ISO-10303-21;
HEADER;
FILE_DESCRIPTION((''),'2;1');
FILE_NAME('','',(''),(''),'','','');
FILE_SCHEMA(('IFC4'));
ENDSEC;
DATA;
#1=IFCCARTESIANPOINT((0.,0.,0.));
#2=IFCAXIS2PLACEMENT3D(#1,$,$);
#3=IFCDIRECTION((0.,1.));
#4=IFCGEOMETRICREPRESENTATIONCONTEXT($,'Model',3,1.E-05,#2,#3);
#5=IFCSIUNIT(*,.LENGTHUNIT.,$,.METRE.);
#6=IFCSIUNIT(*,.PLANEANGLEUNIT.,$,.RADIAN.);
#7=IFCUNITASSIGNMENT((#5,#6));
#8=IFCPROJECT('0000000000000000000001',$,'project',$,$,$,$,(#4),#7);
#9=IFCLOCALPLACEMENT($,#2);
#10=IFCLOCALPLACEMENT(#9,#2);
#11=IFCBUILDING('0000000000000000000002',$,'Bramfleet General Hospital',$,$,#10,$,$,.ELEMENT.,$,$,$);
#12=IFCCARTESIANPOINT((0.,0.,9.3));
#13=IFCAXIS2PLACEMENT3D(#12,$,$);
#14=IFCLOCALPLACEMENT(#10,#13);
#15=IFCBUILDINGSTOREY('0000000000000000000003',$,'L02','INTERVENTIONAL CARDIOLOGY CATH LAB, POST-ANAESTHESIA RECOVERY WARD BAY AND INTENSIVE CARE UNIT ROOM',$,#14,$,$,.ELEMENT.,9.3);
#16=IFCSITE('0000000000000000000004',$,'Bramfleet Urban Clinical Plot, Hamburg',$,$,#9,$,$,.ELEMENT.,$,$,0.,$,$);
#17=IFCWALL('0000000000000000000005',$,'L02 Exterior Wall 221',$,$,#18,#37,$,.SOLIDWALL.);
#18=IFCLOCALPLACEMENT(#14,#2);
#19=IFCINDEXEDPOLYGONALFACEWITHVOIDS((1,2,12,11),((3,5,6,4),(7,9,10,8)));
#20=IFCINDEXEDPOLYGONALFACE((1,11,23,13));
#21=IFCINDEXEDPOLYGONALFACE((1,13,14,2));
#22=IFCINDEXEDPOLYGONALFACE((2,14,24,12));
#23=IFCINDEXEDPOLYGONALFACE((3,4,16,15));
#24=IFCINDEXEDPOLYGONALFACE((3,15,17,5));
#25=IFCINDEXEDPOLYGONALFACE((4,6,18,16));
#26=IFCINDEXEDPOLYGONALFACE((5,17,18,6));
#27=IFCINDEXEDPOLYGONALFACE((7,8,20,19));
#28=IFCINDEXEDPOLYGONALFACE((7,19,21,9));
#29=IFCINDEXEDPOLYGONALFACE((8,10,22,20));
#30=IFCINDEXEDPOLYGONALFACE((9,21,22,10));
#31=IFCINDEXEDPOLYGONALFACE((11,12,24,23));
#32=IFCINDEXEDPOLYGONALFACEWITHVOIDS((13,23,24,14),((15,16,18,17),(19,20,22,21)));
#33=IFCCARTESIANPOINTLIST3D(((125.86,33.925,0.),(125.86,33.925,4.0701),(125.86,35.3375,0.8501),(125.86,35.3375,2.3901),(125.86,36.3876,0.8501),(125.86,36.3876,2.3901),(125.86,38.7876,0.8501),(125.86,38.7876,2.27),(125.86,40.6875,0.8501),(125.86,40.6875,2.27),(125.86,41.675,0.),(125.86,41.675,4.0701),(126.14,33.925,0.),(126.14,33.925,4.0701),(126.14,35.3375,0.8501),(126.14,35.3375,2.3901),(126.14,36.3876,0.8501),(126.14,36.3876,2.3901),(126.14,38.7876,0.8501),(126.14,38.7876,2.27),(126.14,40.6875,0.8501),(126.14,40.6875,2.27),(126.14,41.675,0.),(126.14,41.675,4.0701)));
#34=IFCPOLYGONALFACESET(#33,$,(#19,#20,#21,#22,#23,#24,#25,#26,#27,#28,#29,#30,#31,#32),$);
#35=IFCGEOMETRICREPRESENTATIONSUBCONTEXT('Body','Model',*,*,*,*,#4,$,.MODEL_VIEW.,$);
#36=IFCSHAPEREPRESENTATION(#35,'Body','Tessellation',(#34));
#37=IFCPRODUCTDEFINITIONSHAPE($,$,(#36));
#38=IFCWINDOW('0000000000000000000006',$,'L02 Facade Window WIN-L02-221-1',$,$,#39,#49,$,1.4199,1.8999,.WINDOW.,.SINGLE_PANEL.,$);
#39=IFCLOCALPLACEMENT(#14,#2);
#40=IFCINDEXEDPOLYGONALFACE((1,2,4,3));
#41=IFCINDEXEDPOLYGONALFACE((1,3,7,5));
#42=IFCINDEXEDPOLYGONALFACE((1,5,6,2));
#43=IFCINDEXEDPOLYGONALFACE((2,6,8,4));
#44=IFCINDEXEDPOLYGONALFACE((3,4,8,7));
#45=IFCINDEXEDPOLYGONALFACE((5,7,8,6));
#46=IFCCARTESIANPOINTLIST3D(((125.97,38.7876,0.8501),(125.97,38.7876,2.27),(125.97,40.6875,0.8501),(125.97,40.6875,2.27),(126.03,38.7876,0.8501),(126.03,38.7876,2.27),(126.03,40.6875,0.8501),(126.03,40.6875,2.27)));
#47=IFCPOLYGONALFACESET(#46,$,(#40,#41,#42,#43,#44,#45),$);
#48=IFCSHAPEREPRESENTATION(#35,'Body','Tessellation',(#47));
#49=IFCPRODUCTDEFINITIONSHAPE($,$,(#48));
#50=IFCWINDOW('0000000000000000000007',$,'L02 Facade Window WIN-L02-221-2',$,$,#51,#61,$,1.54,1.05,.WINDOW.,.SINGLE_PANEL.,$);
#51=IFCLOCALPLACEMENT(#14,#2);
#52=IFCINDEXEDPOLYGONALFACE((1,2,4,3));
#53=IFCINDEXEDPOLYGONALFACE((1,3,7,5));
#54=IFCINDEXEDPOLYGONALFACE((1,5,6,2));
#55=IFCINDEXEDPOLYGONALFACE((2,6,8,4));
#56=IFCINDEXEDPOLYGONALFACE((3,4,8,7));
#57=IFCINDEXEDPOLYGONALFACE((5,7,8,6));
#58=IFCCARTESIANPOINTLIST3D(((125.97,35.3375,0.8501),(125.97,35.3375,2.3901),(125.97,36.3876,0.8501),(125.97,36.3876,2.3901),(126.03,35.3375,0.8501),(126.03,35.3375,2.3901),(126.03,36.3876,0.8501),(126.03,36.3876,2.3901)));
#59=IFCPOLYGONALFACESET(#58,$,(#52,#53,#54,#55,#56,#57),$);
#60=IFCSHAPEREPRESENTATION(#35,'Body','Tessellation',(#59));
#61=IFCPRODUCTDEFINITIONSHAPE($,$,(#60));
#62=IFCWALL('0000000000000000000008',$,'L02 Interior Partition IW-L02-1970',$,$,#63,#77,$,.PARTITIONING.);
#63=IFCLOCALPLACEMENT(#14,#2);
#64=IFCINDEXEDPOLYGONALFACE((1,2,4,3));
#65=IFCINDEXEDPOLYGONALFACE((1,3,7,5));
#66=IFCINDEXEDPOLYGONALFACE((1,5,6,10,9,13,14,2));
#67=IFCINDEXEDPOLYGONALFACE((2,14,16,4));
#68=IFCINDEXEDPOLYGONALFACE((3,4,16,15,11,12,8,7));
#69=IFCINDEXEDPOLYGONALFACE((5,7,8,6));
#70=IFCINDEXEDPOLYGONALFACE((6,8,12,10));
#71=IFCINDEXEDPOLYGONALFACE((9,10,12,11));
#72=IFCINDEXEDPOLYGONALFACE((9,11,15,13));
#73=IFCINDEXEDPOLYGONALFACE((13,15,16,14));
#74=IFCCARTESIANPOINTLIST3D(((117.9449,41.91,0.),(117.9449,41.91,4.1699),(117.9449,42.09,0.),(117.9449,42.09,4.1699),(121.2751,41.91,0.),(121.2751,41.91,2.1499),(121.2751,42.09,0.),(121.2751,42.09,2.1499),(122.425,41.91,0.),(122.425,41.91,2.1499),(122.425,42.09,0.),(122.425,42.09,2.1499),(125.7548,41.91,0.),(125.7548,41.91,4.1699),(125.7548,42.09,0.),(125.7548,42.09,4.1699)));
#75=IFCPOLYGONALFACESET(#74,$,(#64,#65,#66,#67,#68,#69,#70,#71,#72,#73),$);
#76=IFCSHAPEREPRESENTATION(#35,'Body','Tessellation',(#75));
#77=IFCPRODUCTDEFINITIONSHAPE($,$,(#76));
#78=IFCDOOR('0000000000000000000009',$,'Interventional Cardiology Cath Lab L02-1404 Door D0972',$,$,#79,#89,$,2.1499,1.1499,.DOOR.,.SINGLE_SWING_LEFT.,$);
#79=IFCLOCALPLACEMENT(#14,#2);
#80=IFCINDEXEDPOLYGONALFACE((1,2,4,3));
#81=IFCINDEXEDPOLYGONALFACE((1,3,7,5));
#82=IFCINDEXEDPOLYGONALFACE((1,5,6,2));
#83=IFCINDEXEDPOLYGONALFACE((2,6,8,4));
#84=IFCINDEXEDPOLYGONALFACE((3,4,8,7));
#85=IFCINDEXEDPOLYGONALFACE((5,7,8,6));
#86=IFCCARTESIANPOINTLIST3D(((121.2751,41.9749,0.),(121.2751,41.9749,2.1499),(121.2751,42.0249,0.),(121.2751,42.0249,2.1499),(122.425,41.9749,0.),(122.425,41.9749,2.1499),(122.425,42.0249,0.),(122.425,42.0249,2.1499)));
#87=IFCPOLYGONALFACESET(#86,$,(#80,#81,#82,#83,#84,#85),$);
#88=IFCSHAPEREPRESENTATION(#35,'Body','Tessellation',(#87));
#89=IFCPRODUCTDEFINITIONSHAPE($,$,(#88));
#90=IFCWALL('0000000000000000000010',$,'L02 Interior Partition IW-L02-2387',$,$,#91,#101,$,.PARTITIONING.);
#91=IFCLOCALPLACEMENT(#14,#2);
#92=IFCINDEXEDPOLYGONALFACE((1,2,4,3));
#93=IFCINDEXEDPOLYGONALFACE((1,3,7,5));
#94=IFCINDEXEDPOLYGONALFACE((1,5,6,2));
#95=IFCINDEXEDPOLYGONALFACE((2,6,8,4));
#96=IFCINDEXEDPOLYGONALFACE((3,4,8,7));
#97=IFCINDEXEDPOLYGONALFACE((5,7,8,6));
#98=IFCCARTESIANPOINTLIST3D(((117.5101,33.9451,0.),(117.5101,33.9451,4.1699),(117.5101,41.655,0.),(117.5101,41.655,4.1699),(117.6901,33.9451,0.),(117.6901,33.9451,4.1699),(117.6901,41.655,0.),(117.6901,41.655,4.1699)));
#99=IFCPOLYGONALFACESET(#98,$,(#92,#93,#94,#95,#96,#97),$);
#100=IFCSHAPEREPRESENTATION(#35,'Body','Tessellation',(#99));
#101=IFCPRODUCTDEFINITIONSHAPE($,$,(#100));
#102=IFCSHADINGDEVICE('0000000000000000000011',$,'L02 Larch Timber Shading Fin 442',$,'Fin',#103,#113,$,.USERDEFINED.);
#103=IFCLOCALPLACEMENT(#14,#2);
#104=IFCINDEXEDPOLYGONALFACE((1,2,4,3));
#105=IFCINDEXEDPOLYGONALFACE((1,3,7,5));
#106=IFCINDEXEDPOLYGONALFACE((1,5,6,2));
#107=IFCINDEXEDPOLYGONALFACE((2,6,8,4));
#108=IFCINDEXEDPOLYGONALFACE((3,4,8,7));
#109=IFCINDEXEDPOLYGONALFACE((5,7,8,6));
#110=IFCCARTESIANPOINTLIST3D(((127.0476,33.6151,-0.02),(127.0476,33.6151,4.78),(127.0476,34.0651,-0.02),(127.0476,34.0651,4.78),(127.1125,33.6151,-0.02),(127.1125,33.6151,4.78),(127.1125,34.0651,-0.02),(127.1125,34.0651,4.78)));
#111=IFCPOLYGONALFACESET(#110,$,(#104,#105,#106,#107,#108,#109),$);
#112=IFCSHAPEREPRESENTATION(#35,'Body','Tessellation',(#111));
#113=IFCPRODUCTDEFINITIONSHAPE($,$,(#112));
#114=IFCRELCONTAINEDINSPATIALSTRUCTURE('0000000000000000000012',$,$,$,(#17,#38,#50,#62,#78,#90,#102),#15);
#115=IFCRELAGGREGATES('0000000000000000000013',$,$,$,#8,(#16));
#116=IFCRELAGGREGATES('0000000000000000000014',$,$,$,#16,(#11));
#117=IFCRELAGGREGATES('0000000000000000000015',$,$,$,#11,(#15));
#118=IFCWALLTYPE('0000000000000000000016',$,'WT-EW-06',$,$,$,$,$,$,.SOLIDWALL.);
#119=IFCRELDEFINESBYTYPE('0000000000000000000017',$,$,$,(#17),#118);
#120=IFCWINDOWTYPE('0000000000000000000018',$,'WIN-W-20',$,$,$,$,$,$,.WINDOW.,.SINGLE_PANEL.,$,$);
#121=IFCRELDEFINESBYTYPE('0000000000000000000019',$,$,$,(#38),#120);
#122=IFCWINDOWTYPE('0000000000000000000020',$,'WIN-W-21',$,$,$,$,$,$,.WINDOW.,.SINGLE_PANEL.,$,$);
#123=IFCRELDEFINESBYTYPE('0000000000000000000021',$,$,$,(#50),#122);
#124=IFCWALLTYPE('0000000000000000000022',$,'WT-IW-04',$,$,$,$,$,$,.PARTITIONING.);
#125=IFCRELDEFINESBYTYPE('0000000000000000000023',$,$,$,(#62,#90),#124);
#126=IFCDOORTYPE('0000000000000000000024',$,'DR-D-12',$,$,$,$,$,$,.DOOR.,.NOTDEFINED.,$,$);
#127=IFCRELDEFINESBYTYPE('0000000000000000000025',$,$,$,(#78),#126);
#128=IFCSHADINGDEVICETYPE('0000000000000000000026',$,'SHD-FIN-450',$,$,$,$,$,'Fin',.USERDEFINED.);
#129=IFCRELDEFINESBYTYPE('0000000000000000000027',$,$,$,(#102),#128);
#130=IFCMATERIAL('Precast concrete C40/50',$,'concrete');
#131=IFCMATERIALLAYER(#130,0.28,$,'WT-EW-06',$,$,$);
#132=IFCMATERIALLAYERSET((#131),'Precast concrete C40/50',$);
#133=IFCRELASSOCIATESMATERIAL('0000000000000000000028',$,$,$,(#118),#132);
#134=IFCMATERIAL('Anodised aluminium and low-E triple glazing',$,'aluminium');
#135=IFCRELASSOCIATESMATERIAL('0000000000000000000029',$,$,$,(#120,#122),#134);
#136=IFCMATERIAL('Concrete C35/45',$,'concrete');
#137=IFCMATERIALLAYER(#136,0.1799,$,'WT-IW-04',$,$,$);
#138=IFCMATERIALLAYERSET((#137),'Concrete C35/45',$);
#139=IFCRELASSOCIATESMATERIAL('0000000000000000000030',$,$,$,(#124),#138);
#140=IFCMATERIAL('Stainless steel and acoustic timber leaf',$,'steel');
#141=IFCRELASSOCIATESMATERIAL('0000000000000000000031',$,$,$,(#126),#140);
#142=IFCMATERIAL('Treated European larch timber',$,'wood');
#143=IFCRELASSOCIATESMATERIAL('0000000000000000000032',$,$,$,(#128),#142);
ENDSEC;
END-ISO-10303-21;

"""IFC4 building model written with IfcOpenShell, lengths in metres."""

from ifc_helpers import new_model, si_unit, direction, frame, frame_2d, origin, origin_2d, place, context, subcontext, project, spatial, rectangle, extrude, material, layer, layer_set, material_profile, profile_set, type_object, element, fill, save


model = new_model("IFC4")

# Units and contexts
model_context = context("Model", 3, precision=1e-05, world=origin(), true_north=direction((0.0, 1.0)))
body_context = subcontext(model_context, "Body", "Model", "MODEL_VIEW")
ifc_project = project(units=[si_unit("LENGTHUNIT", "METRE"), si_unit("PLANEANGLEUNIT", "RADIAN")], contexts=[model_context])

# Site, building, storey
site_placement = place(None, origin())
site = spatial("IfcSite", under=ifc_project, at=site_placement, Name="Bramfleet Urban Clinical Plot, Hamburg", CompositionType="ELEMENT", RefElevation=0.0)
building_placement = place(site_placement, origin())
building = spatial("IfcBuilding", under=site, at=building_placement, Name="Bramfleet General Hospital", CompositionType="ELEMENT")
storey_placement = place(building_placement, frame((0.0, 0.0, 9.3)))
storey = spatial("IfcBuildingStorey", under=building, at=storey_placement, Name="L02", Description="INTERVENTIONAL CARDIOLOGY CATH LAB, POST-ANAESTHESIA RECOVERY WARD BAY AND INTENSIVE CARE UNIT ROOM", CompositionType="ELEMENT", Elevation=9.3)

# Shared definitions
ifc_material_1 = material(Name="Concrete C35/45", Category="concrete")

# Shared definitions
ifc_material_2 = material(Name="Anodised aluminium and low-E triple glazing", Category="aluminium")

# Wall, openings, windows
ifc_material_3 = material(Name="Precast concrete C40/50", Category="concrete")
ifc_layer_1 = layer(ifc_material_3, 0.28, Name="WT-EW-06")
ifc_layer_set_1 = layer_set([ifc_layer_1], Name="Precast concrete C40/50")
wall_type_1 = type_object("IfcWallType", Name="WT-EW-06", PredefinedType="SOLIDWALL", material=ifc_layer_set_1)
wall_1_placement = place(storey_placement, frame((126.0, 41.675, 0.0), z_axis=(0.0, 0.0, 1.0), x_axis=(0.0, -1.0, 0.0)))
wall_1 = element("IfcWall", 1, at=wall_1_placement, inside=storey, type_object=wall_type_1, Name="L02 Exterior Wall 221", PredefinedType="SOLIDWALL", context=body_context, shape_type="SweptSolid", body=[
    extrude(rectangle(XDim=7.75, YDim=0.28, at=frame_2d((3.875, 0.0))), origin(), (0.0, 0.0, 1.0), 4.0701),
])
opening_1_placement = place(wall_1_placement, frame((0.9875, 0.0, 0.8501)))
opening_1 = element("IfcOpeningElement", 2, at=opening_1_placement, cuts=wall_1, PredefinedType="OPENING", context=body_context, shape_type="SweptSolid", body=[
    extrude(rectangle(XDim=1.8999, YDim=1.4199, at=frame_2d((0.95, 0.71))), frame((0.0, 0.1499, 0.0), z_axis=(0.0, -1.0, 0.0), x_axis=(1.0, 0.0, 0.0)), (0.0, 0.0, 1.0), 0.3),
])
opening_2_placement = place(wall_1_placement, frame((5.2876, 0.0, 0.8501)))
opening_2 = element("IfcOpeningElement", 3, at=opening_2_placement, cuts=wall_1, PredefinedType="OPENING", context=body_context, shape_type="SweptSolid", body=[
    extrude(rectangle(XDim=1.05, YDim=1.54, at=frame_2d((0.5249, 0.77))), frame((0.0, 0.1499, 0.0), z_axis=(0.0, -1.0, 0.0), x_axis=(1.0, 0.0, 0.0)), (0.0, 0.0, 1.0), 0.3),
])
window_type_1 = type_object("IfcWindowType", Name="WIN-W-20", PartitioningType="SINGLE_PANEL", PredefinedType="WINDOW", material=ifc_material_2)
window_1_placement = place(opening_1_placement, origin())
window_1 = element("IfcWindow", 4, at=window_1_placement, inside=storey, type_object=window_type_1, Name="L02 Facade Window WIN-L02-221-1", OverallHeight=1.4199, OverallWidth=1.8999, PartitioningType="SINGLE_PANEL", PredefinedType="WINDOW", context=body_context, shape_type="SweptSolid", body=[
    extrude(rectangle(XDim=1.8999, YDim=1.4199, at=frame_2d((0.95, 0.71))), frame((0.0, 0.03, 0.0), z_axis=(0.0, -1.0, 0.0), x_axis=(1.0, 0.0, 0.0)), (0.0, 0.0, 1.0), 0.0601),
])
fill(opening_1, window_1)
window_type_2 = type_object("IfcWindowType", Name="WIN-W-21", PartitioningType="SINGLE_PANEL", PredefinedType="WINDOW", material=ifc_material_2)
window_2_placement = place(opening_2_placement, origin())
window_2 = element("IfcWindow", 5, at=window_2_placement, inside=storey, type_object=window_type_2, Name="L02 Facade Window WIN-L02-221-2", OverallHeight=1.54, OverallWidth=1.05, PartitioningType="SINGLE_PANEL", PredefinedType="WINDOW", context=body_context, shape_type="SweptSolid", body=[
    extrude(rectangle(XDim=1.05, YDim=1.54, at=frame_2d((0.5249, 0.77))), frame((0.0, 0.03, 0.0), z_axis=(0.0, -1.0, 0.0), x_axis=(1.0, 0.0, 0.0)), (0.0, 0.0, 1.0), 0.0601),
])
fill(opening_2, window_2)

# Wall, opening, door
ifc_layer_2 = layer(ifc_material_1, 0.1799, Name="WT-IW-04")
ifc_layer_set_2 = layer_set([ifc_layer_2], Name="Concrete C35/45")
wall_type_2 = type_object("IfcWallType", Name="WT-IW-04", PredefinedType="PARTITIONING", material=ifc_layer_set_2)
wall_2_placement = place(storey_placement, frame((117.9451, 42.0, 0.0), z_axis=(0.0, 0.0, 1.0), x_axis=(1.0, 0.0, 0.0)))
wall_2 = element("IfcWall", 6, at=wall_2_placement, inside=storey, type_object=wall_type_2, Name="L02 Interior Partition IW-L02-1970", PredefinedType="PARTITIONING", context=body_context, shape_type="SweptSolid", body=[
    extrude(rectangle(XDim=7.8098, YDim=0.1799, at=frame_2d((3.9048, 0.0))), origin(), (0.0, 0.0, 1.0), 4.1699),
])
opening_3_placement = place(wall_2_placement, frame((3.3301, 0.0, 0.0)))
opening_3 = element("IfcOpeningElement", 7, at=opening_3_placement, cuts=wall_2, PredefinedType="OPENING", context=body_context, shape_type="SweptSolid", body=[
    extrude(rectangle(XDim=1.1499, YDim=2.1499, at=frame_2d((0.575, 1.075))), frame((0.0, 0.0999, 0.0), z_axis=(0.0, -1.0, 0.0), x_axis=(1.0, 0.0, 0.0)), (0.0, 0.0, 1.0), 0.2),
])
ifc_material_4 = material(Name="Stainless steel and acoustic timber leaf", Category="steel")
door_type = type_object("IfcDoorType", Name="DR-D-12", OperationType="NOTDEFINED", PredefinedType="DOOR", material=ifc_material_4)
door_placement = place(opening_3_placement, origin())
door = element("IfcDoor", 8, at=door_placement, inside=storey, type_object=door_type, Name="Interventional Cardiology Cath Lab L02-1404 Door D0972", OperationType="SINGLE_SWING_LEFT", OverallHeight=2.1499, OverallWidth=1.1499, PredefinedType="DOOR", context=body_context, shape_type="SweptSolid", body=[
    extrude(rectangle(XDim=1.1499, YDim=2.1499, at=frame_2d((0.575, 1.075))), frame((0.0, 0.0249, 0.0), z_axis=(0.0, -1.0, 0.0), x_axis=(1.0, 0.0, 0.0)), (0.0, 0.0, 1.0), 0.05),
])
fill(opening_3, door)

# Wall
wall_3_placement = place(storey_placement, frame((117.6001, 33.9451, 0.0), z_axis=(0.0, 0.0, 1.0), x_axis=(0.0, 1.0, 0.0)))
element("IfcWall", 9, at=wall_3_placement, inside=storey, type_object=wall_type_2, Name="L02 Interior Partition IW-L02-2387", PredefinedType="PARTITIONING", context=body_context, shape_type="SweptSolid", body=[
    extrude(rectangle(XDim=7.71, YDim=0.1799, at=frame_2d((3.855, 0.0))), origin(), (0.0, 0.0, 1.0), 4.1699),
])

# Shading device
ifc_material_5 = material(Name="Treated European larch timber", Category="wood")
ifc_material_profile_1 = material_profile(ifc_material_5, rectangle(XDim=0.0649, YDim=0.45, at=origin_2d()), Name="LARCH FIN 450x65")
ifc_profile_set_1 = profile_set([ifc_material_profile_1], Name="Treated European larch timber")
shading_device_type = type_object("IfcShadingDeviceType", Name="SHD-FIN-450", ElementType="Fin", PredefinedType="USERDEFINED", material=ifc_profile_set_1)
shading_device_placement = place(storey_placement, frame((127.0801, 33.8401, -0.02), z_axis=(0.0, 0.0, 1.0), x_axis=(1.0, 0.0, 0.0)))
element("IfcShadingDevice", 10, at=shading_device_placement, inside=storey, type_object=shading_device_type, Name="L02 Larch Timber Shading Fin 442", ObjectType="Fin", PredefinedType="USERDEFINED", context=body_context, shape_type="SweptSolid", body=[
    extrude(rectangle(XDim=0.0649, YDim=0.45, at=origin_2d()), origin(), (0.0, 0.0, 1.0), 4.8),
])

save(model, "model.ifc")
